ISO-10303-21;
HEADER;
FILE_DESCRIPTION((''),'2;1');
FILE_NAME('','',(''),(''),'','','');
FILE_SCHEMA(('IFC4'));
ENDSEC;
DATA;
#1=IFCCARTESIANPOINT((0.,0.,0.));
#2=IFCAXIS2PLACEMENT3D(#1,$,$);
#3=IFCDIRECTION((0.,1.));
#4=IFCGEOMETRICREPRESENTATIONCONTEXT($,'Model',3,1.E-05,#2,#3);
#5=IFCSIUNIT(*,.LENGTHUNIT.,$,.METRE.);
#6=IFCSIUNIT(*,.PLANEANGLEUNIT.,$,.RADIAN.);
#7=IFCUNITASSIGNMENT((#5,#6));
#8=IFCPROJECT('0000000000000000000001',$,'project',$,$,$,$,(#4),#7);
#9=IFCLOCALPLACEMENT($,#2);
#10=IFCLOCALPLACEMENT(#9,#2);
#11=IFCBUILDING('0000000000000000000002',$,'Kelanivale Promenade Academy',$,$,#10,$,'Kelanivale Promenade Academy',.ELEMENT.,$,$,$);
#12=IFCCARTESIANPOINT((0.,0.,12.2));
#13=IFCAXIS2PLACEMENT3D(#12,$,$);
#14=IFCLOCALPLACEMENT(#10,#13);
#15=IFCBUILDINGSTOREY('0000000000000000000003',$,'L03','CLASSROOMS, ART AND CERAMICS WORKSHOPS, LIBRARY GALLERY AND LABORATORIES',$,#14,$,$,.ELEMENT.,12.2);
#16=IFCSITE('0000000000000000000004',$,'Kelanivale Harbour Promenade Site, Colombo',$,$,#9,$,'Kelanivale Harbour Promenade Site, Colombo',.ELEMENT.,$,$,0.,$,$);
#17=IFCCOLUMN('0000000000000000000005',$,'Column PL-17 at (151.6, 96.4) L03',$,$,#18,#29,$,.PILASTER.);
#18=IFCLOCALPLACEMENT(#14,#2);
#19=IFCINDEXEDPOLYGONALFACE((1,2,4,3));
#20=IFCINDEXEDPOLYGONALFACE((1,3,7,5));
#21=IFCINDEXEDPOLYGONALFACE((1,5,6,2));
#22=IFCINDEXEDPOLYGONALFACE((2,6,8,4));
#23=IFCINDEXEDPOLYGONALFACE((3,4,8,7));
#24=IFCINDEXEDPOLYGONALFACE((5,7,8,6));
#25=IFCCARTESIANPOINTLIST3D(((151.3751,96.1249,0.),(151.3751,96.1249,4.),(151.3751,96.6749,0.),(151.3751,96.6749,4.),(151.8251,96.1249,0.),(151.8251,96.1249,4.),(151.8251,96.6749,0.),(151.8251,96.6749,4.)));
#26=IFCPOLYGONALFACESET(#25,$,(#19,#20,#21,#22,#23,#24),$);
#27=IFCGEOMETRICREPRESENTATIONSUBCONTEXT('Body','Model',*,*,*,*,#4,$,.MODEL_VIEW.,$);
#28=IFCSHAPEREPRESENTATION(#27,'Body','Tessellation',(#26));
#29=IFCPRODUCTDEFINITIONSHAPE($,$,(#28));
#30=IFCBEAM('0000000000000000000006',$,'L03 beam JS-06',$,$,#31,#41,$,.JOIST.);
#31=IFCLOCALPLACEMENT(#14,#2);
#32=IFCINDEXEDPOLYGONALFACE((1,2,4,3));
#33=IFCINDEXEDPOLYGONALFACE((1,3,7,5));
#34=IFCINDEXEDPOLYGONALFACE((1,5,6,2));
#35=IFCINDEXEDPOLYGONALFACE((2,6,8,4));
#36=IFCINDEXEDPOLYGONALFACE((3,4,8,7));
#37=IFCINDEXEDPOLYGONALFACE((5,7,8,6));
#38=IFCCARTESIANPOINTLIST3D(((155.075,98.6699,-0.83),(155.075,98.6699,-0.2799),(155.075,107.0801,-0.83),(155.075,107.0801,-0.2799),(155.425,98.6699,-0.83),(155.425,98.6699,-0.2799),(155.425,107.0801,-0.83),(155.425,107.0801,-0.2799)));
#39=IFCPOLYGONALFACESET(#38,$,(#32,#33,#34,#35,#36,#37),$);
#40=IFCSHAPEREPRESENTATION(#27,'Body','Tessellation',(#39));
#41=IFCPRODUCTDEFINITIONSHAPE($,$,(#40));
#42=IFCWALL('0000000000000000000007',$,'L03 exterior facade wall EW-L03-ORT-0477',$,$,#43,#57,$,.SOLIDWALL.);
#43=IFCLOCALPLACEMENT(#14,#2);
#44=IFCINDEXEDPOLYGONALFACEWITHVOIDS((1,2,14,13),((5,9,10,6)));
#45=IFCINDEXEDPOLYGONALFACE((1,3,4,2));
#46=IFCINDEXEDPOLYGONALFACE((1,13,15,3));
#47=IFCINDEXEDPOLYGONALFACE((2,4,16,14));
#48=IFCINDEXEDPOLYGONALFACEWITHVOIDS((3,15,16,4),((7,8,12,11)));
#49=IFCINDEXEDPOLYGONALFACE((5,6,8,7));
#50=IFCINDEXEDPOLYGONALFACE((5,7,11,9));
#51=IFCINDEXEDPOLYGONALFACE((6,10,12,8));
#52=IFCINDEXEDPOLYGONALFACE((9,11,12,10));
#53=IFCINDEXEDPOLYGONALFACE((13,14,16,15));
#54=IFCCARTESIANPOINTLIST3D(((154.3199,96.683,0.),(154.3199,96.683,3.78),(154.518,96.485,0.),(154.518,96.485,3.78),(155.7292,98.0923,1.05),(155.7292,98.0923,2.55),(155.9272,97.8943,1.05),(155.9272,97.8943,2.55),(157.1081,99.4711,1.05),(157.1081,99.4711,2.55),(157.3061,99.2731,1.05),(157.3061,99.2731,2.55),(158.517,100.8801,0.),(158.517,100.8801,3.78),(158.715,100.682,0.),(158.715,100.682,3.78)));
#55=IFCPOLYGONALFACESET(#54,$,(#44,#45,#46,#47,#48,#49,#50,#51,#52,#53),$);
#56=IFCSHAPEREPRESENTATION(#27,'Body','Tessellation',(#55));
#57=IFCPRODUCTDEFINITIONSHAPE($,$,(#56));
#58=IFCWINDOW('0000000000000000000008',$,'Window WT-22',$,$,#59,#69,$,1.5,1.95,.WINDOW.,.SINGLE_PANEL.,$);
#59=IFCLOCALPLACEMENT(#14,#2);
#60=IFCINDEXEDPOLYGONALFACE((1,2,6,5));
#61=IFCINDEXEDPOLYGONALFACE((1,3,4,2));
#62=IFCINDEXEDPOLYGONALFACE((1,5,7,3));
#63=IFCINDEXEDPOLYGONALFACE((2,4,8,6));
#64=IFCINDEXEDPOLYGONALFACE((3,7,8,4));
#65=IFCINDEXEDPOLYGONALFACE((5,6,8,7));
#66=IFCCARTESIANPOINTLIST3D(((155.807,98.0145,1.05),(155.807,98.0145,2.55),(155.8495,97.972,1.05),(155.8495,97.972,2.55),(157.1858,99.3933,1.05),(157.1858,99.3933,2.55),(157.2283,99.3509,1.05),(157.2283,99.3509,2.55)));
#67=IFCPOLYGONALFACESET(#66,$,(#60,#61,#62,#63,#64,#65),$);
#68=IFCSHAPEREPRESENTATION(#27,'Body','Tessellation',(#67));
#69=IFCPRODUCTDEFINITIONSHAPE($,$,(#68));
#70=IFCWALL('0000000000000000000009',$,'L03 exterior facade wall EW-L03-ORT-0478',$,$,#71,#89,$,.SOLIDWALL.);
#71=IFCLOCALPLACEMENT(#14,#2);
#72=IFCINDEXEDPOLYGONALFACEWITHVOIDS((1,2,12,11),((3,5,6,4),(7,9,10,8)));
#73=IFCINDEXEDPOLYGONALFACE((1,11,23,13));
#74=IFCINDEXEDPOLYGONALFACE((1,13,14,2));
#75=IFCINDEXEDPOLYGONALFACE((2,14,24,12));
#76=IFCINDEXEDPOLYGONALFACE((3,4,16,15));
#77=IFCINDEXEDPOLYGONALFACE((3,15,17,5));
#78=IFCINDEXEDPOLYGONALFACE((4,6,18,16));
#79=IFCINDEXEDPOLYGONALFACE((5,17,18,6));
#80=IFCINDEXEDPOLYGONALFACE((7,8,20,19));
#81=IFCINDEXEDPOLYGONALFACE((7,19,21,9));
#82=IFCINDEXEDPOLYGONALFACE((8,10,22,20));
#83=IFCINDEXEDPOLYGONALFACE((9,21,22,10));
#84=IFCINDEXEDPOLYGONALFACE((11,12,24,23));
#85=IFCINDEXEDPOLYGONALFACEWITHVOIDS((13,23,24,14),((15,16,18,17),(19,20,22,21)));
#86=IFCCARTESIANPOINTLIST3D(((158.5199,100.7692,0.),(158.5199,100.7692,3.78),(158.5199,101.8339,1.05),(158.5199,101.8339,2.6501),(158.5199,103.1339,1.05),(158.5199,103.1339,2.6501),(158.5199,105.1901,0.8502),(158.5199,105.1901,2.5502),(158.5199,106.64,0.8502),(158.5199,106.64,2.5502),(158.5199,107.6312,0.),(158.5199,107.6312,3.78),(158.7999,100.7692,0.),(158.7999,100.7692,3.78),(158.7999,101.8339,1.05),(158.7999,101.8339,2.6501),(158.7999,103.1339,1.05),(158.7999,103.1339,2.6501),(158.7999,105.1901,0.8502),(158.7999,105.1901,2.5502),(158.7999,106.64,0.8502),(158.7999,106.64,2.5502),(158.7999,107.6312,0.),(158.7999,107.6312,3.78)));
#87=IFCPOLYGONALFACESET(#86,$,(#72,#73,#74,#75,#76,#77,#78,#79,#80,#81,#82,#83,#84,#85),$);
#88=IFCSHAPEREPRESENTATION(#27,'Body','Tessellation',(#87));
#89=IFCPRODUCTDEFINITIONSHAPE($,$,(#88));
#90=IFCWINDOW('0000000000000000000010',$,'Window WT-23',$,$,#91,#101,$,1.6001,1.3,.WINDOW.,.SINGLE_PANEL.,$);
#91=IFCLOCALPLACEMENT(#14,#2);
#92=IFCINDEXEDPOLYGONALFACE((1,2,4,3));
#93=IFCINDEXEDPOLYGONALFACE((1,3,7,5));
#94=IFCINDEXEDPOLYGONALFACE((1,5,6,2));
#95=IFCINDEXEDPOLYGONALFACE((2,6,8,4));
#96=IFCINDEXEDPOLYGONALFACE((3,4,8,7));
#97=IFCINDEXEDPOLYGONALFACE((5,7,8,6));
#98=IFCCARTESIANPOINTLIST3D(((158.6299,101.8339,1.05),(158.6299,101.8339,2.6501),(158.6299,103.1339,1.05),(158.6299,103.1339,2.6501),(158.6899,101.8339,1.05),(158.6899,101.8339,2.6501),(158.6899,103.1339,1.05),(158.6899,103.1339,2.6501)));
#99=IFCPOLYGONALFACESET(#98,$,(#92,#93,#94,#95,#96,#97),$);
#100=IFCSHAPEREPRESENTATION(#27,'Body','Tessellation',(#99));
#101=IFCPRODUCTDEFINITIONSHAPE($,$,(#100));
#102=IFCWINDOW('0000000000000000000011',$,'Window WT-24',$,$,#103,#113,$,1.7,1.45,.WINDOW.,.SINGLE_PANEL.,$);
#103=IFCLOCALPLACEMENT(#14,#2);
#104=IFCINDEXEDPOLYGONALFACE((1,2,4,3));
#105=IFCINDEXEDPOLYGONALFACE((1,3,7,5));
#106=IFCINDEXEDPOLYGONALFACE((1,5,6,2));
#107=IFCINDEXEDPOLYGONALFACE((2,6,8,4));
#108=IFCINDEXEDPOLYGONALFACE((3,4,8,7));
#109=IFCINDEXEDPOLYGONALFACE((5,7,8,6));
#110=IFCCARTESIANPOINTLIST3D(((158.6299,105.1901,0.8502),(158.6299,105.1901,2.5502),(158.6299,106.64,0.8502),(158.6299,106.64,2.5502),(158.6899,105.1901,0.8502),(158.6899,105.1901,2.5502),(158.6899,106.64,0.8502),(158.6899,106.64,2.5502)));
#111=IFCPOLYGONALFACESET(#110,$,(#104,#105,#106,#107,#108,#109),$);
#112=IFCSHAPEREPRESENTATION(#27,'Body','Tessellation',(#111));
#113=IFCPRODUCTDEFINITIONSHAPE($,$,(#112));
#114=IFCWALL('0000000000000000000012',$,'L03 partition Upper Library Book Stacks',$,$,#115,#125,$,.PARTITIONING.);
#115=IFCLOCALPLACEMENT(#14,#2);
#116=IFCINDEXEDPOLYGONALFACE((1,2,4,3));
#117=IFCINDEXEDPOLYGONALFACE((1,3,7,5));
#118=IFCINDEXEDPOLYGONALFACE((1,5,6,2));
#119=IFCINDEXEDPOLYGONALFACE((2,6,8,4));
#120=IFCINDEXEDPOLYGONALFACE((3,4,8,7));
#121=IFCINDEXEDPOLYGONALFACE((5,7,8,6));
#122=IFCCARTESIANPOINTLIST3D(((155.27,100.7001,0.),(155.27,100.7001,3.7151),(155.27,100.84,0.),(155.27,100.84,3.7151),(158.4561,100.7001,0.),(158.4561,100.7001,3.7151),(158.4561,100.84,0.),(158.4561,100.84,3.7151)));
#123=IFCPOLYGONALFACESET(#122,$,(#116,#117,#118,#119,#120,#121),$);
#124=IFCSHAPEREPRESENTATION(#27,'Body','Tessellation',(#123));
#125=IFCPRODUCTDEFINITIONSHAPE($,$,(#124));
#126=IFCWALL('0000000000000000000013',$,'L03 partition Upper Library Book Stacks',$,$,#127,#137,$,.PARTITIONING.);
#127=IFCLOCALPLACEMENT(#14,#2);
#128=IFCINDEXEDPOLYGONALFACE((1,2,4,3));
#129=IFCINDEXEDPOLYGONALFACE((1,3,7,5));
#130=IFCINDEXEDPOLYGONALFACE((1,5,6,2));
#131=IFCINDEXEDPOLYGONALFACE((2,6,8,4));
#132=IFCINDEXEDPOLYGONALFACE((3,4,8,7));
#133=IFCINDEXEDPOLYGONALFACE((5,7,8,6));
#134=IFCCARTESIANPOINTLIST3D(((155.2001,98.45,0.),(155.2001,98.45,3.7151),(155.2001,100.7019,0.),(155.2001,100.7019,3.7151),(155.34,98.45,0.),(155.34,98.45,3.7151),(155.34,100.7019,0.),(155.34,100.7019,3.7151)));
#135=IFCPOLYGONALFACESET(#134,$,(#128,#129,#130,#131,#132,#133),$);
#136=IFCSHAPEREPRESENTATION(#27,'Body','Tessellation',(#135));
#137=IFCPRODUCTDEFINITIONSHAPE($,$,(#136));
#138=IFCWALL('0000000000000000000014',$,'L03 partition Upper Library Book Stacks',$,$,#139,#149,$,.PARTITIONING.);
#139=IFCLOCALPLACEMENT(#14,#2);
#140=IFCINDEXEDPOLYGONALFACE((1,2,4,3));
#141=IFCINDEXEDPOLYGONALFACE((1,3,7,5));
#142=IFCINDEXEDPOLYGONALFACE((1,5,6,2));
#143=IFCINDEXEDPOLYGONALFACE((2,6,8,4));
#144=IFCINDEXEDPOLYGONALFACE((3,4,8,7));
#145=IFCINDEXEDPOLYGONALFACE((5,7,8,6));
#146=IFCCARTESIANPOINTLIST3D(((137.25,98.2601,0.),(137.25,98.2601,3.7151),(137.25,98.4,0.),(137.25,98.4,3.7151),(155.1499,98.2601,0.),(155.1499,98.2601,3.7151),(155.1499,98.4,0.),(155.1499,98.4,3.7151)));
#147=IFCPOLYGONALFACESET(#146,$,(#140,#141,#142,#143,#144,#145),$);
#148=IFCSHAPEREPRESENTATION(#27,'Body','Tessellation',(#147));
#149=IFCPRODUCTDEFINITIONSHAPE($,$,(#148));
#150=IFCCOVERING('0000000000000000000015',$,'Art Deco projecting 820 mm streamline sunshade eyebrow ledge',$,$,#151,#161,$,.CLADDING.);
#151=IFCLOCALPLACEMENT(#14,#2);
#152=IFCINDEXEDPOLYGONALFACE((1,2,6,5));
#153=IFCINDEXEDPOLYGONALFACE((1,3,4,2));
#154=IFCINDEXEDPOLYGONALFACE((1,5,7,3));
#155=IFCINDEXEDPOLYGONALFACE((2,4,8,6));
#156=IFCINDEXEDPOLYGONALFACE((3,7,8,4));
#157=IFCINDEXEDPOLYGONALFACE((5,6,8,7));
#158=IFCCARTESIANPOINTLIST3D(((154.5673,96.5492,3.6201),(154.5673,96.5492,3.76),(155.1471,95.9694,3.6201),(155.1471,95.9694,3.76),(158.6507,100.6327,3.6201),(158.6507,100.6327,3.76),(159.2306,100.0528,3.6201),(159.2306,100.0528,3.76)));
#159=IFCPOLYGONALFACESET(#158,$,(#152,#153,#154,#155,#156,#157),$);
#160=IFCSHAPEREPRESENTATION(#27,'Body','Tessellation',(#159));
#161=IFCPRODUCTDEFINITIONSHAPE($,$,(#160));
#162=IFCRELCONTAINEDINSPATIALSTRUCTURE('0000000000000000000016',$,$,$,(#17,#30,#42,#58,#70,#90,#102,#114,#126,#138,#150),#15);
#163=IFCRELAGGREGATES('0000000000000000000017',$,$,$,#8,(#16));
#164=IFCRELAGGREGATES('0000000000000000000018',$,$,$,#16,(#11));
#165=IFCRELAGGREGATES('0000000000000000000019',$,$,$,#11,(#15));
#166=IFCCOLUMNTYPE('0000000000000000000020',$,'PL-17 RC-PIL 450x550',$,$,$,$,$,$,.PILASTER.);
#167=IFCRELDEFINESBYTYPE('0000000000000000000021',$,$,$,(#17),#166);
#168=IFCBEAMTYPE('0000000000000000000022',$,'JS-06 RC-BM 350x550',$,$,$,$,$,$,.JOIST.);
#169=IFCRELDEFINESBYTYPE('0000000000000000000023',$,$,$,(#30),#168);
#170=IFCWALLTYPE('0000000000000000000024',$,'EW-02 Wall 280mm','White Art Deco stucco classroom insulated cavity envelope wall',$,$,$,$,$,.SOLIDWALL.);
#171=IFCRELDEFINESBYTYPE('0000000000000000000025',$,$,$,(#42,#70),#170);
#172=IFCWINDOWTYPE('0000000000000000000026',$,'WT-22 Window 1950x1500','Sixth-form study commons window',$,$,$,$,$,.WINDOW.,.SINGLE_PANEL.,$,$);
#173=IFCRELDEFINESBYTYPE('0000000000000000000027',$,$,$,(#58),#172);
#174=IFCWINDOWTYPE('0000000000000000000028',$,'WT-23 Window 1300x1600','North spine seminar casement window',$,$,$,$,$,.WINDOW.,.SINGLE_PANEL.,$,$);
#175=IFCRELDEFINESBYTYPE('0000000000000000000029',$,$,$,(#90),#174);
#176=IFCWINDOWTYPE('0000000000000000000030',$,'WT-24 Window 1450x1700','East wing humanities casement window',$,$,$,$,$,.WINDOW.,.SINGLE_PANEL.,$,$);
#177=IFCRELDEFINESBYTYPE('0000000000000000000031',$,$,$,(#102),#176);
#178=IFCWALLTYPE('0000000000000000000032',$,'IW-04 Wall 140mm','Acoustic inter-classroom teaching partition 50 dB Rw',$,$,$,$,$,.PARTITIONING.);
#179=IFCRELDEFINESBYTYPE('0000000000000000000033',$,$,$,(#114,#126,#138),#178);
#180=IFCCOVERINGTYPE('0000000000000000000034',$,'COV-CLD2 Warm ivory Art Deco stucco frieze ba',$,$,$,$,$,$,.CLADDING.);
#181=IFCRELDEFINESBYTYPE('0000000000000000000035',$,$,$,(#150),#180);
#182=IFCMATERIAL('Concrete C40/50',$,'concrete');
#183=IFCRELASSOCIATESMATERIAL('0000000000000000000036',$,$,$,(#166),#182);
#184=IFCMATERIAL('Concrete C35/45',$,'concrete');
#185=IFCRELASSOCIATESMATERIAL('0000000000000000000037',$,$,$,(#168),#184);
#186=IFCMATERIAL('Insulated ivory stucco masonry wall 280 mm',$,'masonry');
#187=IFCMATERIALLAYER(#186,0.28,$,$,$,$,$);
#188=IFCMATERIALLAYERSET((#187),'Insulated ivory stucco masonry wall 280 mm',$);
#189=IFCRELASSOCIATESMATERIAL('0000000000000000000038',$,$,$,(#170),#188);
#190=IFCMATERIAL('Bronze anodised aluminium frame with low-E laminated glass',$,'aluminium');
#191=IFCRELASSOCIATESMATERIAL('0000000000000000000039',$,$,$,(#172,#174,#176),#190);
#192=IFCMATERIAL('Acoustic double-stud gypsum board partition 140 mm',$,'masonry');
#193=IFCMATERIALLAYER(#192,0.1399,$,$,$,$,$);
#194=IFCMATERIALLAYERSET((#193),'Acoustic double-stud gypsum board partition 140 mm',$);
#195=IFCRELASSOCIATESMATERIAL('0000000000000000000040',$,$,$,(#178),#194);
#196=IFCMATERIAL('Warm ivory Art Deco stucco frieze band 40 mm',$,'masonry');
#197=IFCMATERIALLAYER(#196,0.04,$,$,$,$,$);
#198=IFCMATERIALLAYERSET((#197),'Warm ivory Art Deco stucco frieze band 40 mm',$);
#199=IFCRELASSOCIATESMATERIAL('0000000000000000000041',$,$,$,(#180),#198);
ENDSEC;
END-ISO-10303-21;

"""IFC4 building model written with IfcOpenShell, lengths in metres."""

from ifc_helpers import new_model, si_unit, direction, frame, frame_2d, origin, origin_2d, place, context, subcontext, project, spatial, rectangle, extrude, material, layer, layer_set, material_profile, profile_set, type_object, element, fill, save


model = new_model("IFC4")

# Units and contexts
model_context = context("Model", 3, precision=1e-05, world=origin(), true_north=direction((0.0, 1.0)))
body_context = subcontext(model_context, "Body", "Model", "MODEL_VIEW")
ifc_project = project(units=[si_unit("LENGTHUNIT", "METRE"), si_unit("PLANEANGLEUNIT", "RADIAN")], contexts=[model_context])

# Site, building, storey
site_placement = place(None, origin())
site = spatial("IfcSite", under=ifc_project, at=site_placement, Name="Kelanivale Harbour Promenade Site, Colombo", LongName="Kelanivale Harbour Promenade Site, Colombo", CompositionType="ELEMENT", RefElevation=0.0)
building_placement = place(site_placement, origin())
building = spatial("IfcBuilding", under=site, at=building_placement, Name="Kelanivale Promenade Academy", LongName="Kelanivale Promenade Academy", CompositionType="ELEMENT")
storey_placement = place(building_placement, frame((0.0, 0.0, 12.2)))
storey = spatial("IfcBuildingStorey", under=building, at=storey_placement, Name="L03", Description="CLASSROOMS, ART AND CERAMICS WORKSHOPS, LIBRARY GALLERY AND LABORATORIES", CompositionType="ELEMENT", Elevation=12.2)

# Column
ifc_material_1 = material(Name="Concrete C40/50", Category="concrete")
ifc_material_profile_1 = material_profile(ifc_material_1, rectangle(XDim=0.45, YDim=0.55, at=origin_2d()), Name="RC-PIL 450x550")
ifc_profile_set_1 = profile_set([ifc_material_profile_1], Name="Concrete C40/50")
column_type = type_object("IfcColumnType", Name="PL-17 RC-PIL 450x550", PredefinedType="PILASTER", material=ifc_profile_set_1)
column_placement = place(storey_placement, frame((151.6001, 96.3999, 0.0), z_axis=(0.0, 0.0, 1.0), x_axis=(1.0, 0.0, 0.0)))
element("IfcColumn", 1, at=column_placement, inside=storey, type_object=column_type, Name="Column PL-17 at (151.6, 96.4) L03", PredefinedType="PILASTER", context=body_context, shape_type="SweptSolid", body=[
    extrude(rectangle(XDim=0.45, YDim=0.55, at=origin_2d()), origin(), (0.0, 0.0, 1.0), 4.0),
])

# Beam
ifc_material_2 = material(Name="Concrete C35/45", Category="concrete")
ifc_material_profile_2 = material_profile(ifc_material_2, rectangle(XDim=0.3501, YDim=0.55, at=origin_2d()), Name="RC-BM 350x550")
ifc_profile_set_2 = profile_set([ifc_material_profile_2], Name="Concrete C35/45")
beam_type = type_object("IfcBeamType", Name="JS-06 RC-BM 350x550", PredefinedType="JOIST", material=ifc_profile_set_2)
beam_placement = place(storey_placement, frame((155.25, 98.6699, -0.5549), z_axis=(0.0, 1.0, 0.0), x_axis=(-1.0, 0.0, 0.0)))
element("IfcBeam", 2, at=beam_placement, inside=storey, type_object=beam_type, Name="L03 beam JS-06", PredefinedType="JOIST", context=body_context, shape_type="SweptSolid", body=[
    extrude(rectangle(XDim=0.3501, YDim=0.55, at=origin_2d()), origin(), (0.0, 0.0, 1.0), 8.4102),
])

# Wall, opening, window
ifc_material_3 = material(Name="Insulated ivory stucco masonry wall 280 mm", Category="masonry")
ifc_layer_1 = layer(ifc_material_3, 0.28)
ifc_layer_set_1 = layer_set([ifc_layer_1], Name="Insulated ivory stucco masonry wall 280 mm")
wall_type_1 = type_object("IfcWallType", Name="EW-02 Wall 280mm", Description="White Art Deco stucco classroom insulated cavity envelope wall", PredefinedType="SOLIDWALL", material=ifc_layer_set_1)
wall_1_placement = place(storey_placement, frame((154.4189, 96.584, 0.0), z_axis=(0.0, 0.0, 1.0), x_axis=(0.707107, 0.707107, 0.0)))
wall_1 = element("IfcWall", 3, at=wall_1_placement, inside=storey, type_object=wall_type_1, Name="L03 exterior facade wall EW-L03-ORT-0477", PredefinedType="SOLIDWALL", context=body_context, shape_type="SweptSolid", body=[
    extrude(rectangle(XDim=5.9355, YDim=0.28, at=frame_2d((2.9678, 0.0))), origin(), (0.0, 0.0, 1.0), 3.78),
])
opening_1_placement = place(wall_1_placement, frame((1.9929, 0.0, 1.05)))
opening_1 = element("IfcOpeningElement", 4, at=opening_1_placement, cuts=wall_1, PredefinedType="OPENING", context=body_context, shape_type="SweptSolid", body=[
    extrude(rectangle(XDim=1.95, YDim=1.5, at=frame_2d((0.9751, 0.75))), frame((0.0, 0.1499, 0.0), z_axis=(0.0, -1.0, 0.0), x_axis=(1.0, 0.0, 0.0)), (0.0, 0.0, 1.0), 0.3),
])
ifc_material_4 = material(Name="Bronze anodised aluminium frame with low-E laminated glass", Category="aluminium")
window_type_1 = type_object("IfcWindowType", Name="WT-22 Window 1950x1500", Description="Sixth-form study commons window", PartitioningType="SINGLE_PANEL", PredefinedType="WINDOW", material=ifc_material_4)
window_1_placement = place(opening_1_placement, origin())
window_1 = element("IfcWindow", 5, at=window_1_placement, inside=storey, type_object=window_type_1, Name="Window WT-22", OverallHeight=1.5, OverallWidth=1.95, PartitioningType="SINGLE_PANEL", PredefinedType="WINDOW", context=body_context, shape_type="SweptSolid", body=[
    extrude(rectangle(XDim=1.95, YDim=1.5, at=frame_2d((0.9751, 0.75))), frame((0.0, 0.03, 0.0), z_axis=(0.0, -1.0, 0.0), x_axis=(1.0, 0.0, 0.0)), (0.0, 0.0, 1.0), 0.0601),
])
fill(opening_1, window_1)

# Wall, openings, windows
wall_2_placement = place(storey_placement, frame((158.6599, 100.769, 0.0), z_axis=(0.0, 0.0, 1.0), x_axis=(0.0, 1.0, 0.0)))
wall_2 = element("IfcWall", 6, at=wall_2_placement, inside=storey, type_object=wall_type_1, Name="L03 exterior facade wall EW-L03-ORT-0478", PredefinedType="SOLIDWALL", context=body_context, shape_type="SweptSolid", body=[
    extrude(rectangle(XDim=6.8621, YDim=0.28, at=frame_2d((3.4312, 0.0))), origin(), (0.0, 0.0, 1.0), 3.78),
])
opening_2_placement = place(wall_2_placement, frame((1.0649, 0.0, 1.05)))
opening_2 = element("IfcOpeningElement", 7, at=opening_2_placement, cuts=wall_2, PredefinedType="OPENING", context=body_context, shape_type="SweptSolid", body=[
    extrude(rectangle(XDim=1.3, YDim=1.6001, at=frame_2d((0.6499, 0.8))), frame((0.0, 0.1499, 0.0), z_axis=(0.0, -1.0, 0.0), x_axis=(1.0, 0.0, 0.0)), (0.0, 0.0, 1.0), 0.3),
])
opening_3_placement = place(wall_2_placement, frame((4.4209, 0.0, 0.8501)))
opening_3 = element("IfcOpeningElement", 8, at=opening_3_placement, cuts=wall_2, PredefinedType="OPENING", context=body_context, shape_type="SweptSolid", body=[
    extrude(rectangle(XDim=1.45, YDim=1.7, at=frame_2d((0.7251, 0.8501))), frame((0.0, 0.1499, 0.0), z_axis=(0.0, -1.0, 0.0), x_axis=(1.0, 0.0, 0.0)), (0.0, 0.0, 1.0), 0.3),
])
window_type_2 = type_object("IfcWindowType", Name="WT-23 Window 1300x1600", Description="North spine seminar casement window", PartitioningType="SINGLE_PANEL", PredefinedType="WINDOW", material=ifc_material_4)
window_2_placement = place(opening_2_placement, origin())
window_2 = element("IfcWindow", 9, at=window_2_placement, inside=storey, type_object=window_type_2, Name="Window WT-23", OverallHeight=1.6001, OverallWidth=1.3, PartitioningType="SINGLE_PANEL", PredefinedType="WINDOW", context=body_context, shape_type="SweptSolid", body=[
    extrude(rectangle(XDim=1.3, YDim=1.6001, at=frame_2d((0.6499, 0.8))), frame((0.0, 0.03, 0.0), z_axis=(0.0, -1.0, 0.0), x_axis=(1.0, 0.0, 0.0)), (0.0, 0.0, 1.0), 0.0601),
])
fill(opening_2, window_2)
window_type_3 = type_object("IfcWindowType", Name="WT-24 Window 1450x1700", Description="East wing humanities casement window", PartitioningType="SINGLE_PANEL", PredefinedType="WINDOW", material=ifc_material_4)
window_3_placement = place(opening_3_placement, origin())
window_3 = element("IfcWindow", 10, at=window_3_placement, inside=storey, type_object=window_type_3, Name="Window WT-24", OverallHeight=1.7, OverallWidth=1.45, PartitioningType="SINGLE_PANEL", PredefinedType="WINDOW", context=body_context, shape_type="SweptSolid", body=[
    extrude(rectangle(XDim=1.45, YDim=1.7, at=frame_2d((0.7251, 0.8501))), frame((0.0, 0.03, 0.0), z_axis=(0.0, -1.0, 0.0), x_axis=(1.0, 0.0, 0.0)), (0.0, 0.0, 1.0), 0.0601),
])
fill(opening_3, window_3)

# Walls
ifc_material_5 = material(Name="Acoustic double-stud gypsum board partition 140 mm", Category="masonry")
ifc_layer_2 = layer(ifc_material_5, 0.1399)
ifc_layer_set_2 = layer_set([ifc_layer_2], Name="Acoustic double-stud gypsum board partition 140 mm")
wall_type_2 = type_object("IfcWallType", Name="IW-04 Wall 140mm", Description="Acoustic inter-classroom teaching partition 50 dB Rw", PredefinedType="PARTITIONING", material=ifc_layer_set_2)
wall_3_placement = place(storey_placement, frame((158.4561, 100.77, 0.0), z_axis=(0.0, 0.0, 1.0), x_axis=(-1.0, 0.0, 0.0)))
element("IfcWall", 11, at=wall_3_placement, inside=storey, type_object=wall_type_2, Name="L03 partition Upper Library Book Stacks", PredefinedType="PARTITIONING", context=body_context, shape_type="SweptSolid", body=[
    extrude(rectangle(XDim=3.186, YDim=0.1399, at=frame_2d((1.593, 0.0))), origin(), (0.0, 0.0, 1.0), 3.7151),
])
wall_4_placement = place(storey_placement, frame((155.27, 100.7019, 0.0), z_axis=(0.0, 0.0, 1.0), x_axis=(0.0, -1.0, 0.0)))
element("IfcWall", 12, at=wall_4_placement, inside=storey, type_object=wall_type_2, Name="L03 partition Upper Library Book Stacks", PredefinedType="PARTITIONING", context=body_context, shape_type="SweptSolid", body=[
    extrude(rectangle(XDim=2.252, YDim=0.1399, at=frame_2d((1.126, 0.0))), origin(), (0.0, 0.0, 1.0), 3.7151),
])
wall_5_placement = place(storey_placement, frame((155.1499, 98.3301, 0.0), z_axis=(0.0, 0.0, 1.0), x_axis=(-1.0, 0.0, 0.0)))
element("IfcWall", 13, at=wall_5_placement, inside=storey, type_object=wall_type_2, Name="L03 partition Upper Library Book Stacks", PredefinedType="PARTITIONING", context=body_context, shape_type="SweptSolid", body=[
    extrude(rectangle(XDim=17.8999, YDim=0.1399, at=frame_2d((8.95, 0.0))), origin(), (0.0, 0.0, 1.0), 3.7151),
])

# Covering
ifc_material_6 = material(Name="Warm ivory Art Deco stucco frieze band 40 mm", Category="masonry")
ifc_layer_3 = layer(ifc_material_6, 0.04)
ifc_layer_set_3 = layer_set([ifc_layer_3], Name="Warm ivory Art Deco stucco frieze band 40 mm")
covering_type = type_object("IfcCoveringType", Name="COV-CLD2 Warm ivory Art Deco stucco frieze ba", PredefinedType="CLADDING", material=ifc_layer_set_3)
covering_1_placement = place(storey_placement, frame((156.8989, 98.301, 3.6201), z_axis=(0.0, 0.0, 1.0), x_axis=(0.707107, 0.707107, 0.0)))
element("IfcCovering", 14, at=covering_1_placement, inside=storey, type_object=covering_type, Name="Art Deco projecting 820 mm streamline sunshade eyebrow ledge", PredefinedType="CLADDING", context=body_context, shape_type="SweptSolid", body=[
    extrude(rectangle(XDim=5.7749, YDim=0.8201, at=origin_2d()), origin(), (0.0, 0.0, 1.0), 0.1399),
])

save(model, "model.ifc")
